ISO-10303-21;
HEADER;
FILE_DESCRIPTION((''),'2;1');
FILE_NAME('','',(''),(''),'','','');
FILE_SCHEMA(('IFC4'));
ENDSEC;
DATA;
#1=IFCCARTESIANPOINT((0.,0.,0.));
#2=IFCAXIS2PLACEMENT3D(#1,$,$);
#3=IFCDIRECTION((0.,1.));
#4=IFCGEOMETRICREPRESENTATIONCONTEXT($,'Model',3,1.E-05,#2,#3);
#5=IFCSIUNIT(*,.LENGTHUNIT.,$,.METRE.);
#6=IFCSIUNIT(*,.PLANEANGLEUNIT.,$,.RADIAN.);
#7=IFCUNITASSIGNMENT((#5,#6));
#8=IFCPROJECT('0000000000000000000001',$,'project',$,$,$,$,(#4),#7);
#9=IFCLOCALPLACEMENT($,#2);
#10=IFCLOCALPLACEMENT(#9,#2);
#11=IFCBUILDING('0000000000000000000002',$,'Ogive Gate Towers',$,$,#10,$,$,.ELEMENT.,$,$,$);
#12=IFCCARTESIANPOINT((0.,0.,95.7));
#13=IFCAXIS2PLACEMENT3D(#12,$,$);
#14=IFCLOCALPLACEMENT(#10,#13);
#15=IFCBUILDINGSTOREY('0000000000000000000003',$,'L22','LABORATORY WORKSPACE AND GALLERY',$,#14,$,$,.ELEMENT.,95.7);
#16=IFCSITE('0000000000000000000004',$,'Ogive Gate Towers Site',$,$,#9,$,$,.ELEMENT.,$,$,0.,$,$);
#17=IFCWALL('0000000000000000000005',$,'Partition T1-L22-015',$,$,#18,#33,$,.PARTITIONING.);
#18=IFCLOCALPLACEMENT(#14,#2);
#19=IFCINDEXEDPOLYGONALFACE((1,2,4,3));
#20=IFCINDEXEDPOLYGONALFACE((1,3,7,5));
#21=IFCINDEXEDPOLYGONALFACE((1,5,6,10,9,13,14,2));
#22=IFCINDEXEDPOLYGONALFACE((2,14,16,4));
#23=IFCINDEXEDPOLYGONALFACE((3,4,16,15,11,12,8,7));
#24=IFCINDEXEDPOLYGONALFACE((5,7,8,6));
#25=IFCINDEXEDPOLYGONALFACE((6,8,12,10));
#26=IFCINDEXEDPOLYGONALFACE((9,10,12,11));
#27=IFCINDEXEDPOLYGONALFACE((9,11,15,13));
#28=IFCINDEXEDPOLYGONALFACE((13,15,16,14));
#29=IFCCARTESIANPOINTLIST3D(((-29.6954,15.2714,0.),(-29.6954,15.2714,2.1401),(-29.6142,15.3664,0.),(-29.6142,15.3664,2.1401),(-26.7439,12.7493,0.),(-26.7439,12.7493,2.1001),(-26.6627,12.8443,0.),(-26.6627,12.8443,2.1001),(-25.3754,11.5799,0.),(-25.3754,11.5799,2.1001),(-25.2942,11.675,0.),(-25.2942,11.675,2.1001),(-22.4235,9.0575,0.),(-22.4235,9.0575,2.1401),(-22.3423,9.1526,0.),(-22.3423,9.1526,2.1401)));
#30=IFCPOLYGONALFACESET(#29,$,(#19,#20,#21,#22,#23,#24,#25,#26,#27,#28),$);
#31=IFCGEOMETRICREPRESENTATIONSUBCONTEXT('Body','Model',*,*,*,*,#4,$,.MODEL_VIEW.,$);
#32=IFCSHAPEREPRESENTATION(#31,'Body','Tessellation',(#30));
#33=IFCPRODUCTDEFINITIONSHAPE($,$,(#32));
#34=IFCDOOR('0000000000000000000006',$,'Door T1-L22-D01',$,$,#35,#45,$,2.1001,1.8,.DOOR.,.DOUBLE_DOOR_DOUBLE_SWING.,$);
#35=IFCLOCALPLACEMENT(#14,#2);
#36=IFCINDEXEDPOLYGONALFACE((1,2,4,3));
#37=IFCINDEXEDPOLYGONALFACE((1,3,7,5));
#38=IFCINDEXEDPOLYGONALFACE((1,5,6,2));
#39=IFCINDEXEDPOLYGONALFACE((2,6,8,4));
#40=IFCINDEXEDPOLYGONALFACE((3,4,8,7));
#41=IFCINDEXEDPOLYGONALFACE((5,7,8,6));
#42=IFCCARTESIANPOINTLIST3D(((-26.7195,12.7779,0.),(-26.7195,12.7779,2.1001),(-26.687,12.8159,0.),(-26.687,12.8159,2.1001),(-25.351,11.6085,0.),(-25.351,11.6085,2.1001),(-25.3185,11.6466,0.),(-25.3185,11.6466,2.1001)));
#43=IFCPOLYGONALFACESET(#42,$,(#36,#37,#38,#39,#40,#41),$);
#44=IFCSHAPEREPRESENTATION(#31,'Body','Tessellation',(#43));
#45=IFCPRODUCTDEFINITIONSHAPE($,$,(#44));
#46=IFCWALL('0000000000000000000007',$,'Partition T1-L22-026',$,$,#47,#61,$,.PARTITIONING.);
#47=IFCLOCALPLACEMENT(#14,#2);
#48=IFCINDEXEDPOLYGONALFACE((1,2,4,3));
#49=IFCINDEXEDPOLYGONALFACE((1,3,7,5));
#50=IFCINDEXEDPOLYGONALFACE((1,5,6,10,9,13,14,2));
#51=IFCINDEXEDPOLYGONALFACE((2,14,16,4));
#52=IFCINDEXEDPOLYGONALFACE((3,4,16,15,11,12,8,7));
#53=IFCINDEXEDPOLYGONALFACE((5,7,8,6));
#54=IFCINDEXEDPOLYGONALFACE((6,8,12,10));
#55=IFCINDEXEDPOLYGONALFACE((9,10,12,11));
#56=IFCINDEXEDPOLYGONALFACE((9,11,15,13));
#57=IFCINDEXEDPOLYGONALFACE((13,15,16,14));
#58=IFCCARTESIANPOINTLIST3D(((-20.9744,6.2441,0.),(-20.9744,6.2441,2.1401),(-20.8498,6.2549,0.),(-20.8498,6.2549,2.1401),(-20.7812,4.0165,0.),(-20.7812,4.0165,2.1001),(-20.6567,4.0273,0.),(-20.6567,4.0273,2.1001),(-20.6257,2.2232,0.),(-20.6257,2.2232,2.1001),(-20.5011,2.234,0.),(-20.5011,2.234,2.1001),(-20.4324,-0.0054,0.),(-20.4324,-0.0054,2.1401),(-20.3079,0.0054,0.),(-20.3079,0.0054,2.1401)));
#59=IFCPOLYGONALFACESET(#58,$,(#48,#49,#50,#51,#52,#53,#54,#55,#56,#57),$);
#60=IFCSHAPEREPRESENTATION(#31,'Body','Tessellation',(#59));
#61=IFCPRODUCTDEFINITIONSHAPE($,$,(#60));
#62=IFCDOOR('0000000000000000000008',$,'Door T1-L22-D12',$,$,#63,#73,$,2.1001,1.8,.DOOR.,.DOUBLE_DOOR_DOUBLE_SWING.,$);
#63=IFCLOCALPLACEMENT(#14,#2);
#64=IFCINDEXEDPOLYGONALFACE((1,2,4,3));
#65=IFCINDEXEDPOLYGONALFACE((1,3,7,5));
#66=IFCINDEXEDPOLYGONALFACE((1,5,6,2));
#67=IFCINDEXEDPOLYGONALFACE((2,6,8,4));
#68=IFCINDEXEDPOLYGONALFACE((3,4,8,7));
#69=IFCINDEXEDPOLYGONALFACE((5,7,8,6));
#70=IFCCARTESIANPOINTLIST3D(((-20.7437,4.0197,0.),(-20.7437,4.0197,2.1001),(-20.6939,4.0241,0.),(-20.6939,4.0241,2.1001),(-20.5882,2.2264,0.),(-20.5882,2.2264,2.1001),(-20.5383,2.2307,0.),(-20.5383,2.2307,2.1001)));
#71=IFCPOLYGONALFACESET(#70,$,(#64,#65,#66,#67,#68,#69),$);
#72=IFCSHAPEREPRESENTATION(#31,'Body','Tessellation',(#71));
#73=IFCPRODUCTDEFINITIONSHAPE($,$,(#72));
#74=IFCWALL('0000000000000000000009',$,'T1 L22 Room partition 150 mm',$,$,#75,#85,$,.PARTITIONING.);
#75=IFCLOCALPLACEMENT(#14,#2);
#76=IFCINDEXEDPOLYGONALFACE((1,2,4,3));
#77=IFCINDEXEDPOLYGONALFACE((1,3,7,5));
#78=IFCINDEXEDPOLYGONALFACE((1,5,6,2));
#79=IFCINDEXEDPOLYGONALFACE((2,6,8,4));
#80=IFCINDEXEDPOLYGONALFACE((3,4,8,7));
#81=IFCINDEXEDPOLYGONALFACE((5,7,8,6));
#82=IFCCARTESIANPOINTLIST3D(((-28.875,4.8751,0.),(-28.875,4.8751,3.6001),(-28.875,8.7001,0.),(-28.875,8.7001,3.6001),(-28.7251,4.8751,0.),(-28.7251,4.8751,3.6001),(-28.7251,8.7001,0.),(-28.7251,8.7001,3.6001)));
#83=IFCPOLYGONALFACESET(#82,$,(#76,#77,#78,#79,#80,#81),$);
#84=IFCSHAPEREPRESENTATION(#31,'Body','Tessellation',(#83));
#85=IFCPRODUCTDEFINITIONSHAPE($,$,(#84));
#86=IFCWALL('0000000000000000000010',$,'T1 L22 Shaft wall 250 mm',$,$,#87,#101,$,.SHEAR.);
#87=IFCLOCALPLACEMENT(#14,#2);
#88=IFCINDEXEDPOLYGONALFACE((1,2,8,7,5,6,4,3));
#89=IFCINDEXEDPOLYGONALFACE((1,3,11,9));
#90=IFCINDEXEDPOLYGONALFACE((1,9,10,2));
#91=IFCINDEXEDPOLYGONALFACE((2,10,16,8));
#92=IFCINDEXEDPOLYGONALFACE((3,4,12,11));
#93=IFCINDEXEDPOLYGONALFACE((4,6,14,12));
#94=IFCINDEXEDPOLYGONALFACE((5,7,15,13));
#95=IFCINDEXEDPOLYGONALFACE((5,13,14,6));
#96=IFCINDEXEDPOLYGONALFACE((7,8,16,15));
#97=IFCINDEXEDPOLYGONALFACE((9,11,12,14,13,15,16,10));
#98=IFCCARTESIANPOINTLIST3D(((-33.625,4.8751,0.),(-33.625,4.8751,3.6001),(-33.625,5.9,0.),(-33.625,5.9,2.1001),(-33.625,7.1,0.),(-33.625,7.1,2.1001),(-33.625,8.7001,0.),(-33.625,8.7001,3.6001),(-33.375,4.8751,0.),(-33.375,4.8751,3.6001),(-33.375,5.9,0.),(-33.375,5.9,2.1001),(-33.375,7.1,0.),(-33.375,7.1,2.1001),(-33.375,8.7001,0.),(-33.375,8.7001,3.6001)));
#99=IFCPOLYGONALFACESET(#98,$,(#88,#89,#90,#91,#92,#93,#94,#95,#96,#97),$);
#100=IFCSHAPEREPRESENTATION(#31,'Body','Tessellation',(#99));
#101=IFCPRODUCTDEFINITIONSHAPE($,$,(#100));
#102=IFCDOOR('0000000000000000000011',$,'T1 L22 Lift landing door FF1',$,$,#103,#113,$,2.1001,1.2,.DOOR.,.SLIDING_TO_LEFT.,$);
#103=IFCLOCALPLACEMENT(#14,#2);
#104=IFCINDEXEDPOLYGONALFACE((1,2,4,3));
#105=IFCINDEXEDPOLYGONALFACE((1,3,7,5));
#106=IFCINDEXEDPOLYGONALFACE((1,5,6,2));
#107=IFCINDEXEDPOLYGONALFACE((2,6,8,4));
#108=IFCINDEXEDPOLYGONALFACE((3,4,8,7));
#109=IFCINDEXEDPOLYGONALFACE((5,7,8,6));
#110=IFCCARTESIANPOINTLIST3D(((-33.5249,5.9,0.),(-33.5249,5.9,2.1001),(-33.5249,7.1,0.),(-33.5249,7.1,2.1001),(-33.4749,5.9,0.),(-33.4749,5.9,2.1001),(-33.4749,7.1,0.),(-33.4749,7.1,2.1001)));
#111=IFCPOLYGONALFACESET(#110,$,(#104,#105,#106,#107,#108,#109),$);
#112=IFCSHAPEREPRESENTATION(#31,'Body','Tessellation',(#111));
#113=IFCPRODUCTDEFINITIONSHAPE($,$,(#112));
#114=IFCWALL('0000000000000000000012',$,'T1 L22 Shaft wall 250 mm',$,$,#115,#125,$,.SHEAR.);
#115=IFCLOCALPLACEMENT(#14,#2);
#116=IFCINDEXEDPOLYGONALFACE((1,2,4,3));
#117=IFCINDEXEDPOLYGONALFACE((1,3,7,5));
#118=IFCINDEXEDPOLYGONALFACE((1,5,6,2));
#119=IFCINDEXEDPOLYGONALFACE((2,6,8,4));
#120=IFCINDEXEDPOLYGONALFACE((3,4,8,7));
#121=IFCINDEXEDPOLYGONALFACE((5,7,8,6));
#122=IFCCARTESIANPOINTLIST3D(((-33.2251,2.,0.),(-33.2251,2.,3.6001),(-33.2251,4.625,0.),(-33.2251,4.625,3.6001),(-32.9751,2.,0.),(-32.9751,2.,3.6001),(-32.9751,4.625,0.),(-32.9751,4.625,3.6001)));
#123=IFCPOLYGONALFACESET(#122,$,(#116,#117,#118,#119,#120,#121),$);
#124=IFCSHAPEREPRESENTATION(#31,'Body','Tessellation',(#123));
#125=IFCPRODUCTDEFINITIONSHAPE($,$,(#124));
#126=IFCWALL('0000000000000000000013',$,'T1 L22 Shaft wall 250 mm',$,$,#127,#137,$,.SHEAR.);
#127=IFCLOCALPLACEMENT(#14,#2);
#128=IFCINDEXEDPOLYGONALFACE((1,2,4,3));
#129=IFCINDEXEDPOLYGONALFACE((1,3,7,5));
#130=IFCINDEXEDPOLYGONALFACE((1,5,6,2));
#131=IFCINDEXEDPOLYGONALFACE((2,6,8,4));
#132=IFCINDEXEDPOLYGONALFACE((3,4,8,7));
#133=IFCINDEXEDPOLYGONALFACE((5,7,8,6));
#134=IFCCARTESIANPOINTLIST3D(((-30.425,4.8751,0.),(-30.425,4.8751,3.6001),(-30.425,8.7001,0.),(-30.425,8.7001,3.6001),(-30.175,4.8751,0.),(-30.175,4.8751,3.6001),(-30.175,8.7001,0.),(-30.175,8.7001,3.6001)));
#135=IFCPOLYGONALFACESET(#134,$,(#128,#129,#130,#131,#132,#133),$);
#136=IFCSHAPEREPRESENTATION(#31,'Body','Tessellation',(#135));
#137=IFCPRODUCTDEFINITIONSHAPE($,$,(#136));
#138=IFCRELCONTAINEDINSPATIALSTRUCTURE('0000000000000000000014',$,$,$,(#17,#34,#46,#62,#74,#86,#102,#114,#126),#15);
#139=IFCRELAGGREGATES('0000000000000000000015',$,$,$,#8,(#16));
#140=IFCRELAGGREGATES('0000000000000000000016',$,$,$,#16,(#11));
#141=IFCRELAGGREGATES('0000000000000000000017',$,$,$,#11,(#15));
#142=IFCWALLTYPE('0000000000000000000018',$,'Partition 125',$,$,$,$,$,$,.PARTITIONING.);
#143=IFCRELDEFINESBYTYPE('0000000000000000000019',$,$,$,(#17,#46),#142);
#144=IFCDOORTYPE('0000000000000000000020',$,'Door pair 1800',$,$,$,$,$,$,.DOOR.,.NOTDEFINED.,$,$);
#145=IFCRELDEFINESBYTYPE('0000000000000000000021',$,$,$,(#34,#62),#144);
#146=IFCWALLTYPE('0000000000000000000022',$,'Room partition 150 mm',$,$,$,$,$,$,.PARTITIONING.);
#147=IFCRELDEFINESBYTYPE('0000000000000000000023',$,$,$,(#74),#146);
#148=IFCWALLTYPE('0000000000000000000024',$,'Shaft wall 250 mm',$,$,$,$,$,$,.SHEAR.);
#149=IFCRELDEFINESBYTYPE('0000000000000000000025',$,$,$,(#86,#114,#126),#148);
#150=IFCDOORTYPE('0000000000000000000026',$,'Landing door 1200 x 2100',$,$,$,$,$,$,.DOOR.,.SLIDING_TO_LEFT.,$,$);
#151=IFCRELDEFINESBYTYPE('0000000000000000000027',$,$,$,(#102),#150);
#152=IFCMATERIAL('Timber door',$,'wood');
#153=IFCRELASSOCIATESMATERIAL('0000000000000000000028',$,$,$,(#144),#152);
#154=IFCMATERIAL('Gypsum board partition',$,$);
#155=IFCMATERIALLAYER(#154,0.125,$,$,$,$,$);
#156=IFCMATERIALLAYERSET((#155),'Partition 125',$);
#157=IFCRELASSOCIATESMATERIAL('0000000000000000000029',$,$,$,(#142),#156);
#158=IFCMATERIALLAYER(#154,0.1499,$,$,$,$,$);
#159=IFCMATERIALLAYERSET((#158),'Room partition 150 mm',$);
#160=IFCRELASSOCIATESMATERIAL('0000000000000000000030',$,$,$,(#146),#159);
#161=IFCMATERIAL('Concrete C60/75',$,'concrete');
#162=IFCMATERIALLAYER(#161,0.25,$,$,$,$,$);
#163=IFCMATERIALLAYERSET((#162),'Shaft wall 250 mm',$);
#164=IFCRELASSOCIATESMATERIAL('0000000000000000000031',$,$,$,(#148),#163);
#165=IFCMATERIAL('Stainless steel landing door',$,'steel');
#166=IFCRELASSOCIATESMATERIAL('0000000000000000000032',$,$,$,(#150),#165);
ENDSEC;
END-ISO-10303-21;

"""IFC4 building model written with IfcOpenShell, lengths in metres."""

from ifc_helpers import new_model, si_unit, direction, frame, frame_2d, origin, place, context, subcontext, project, spatial, rectangle, extrude, material, layer, layer_set, type_object, element, fill, save


model = new_model("IFC4")

# Units and contexts
model_context = context("Model", 3, precision=1e-05, world=origin(), true_north=direction((0.0, 1.0)))
body_context = subcontext(model_context, "Body", "Model", "MODEL_VIEW")
ifc_project = project(units=[si_unit("LENGTHUNIT", "METRE"), si_unit("PLANEANGLEUNIT", "RADIAN")], contexts=[model_context])

# Site, building, storey
site_placement = place(None, origin())
site = spatial("IfcSite", under=ifc_project, at=site_placement, Name="Ogive Gate Towers Site", CompositionType="ELEMENT", RefElevation=0.0)
building_placement = place(site_placement, origin())
building = spatial("IfcBuilding", under=site, at=building_placement, Name="Ogive Gate Towers", CompositionType="ELEMENT")
storey_placement = place(building_placement, frame((0.0, 0.0, 95.7)))
storey = spatial("IfcBuildingStorey", under=building, at=storey_placement, Name="L22", Description="LABORATORY WORKSPACE AND GALLERY", CompositionType="ELEMENT", Elevation=95.7)

# Shared definitions
ifc_material_1 = material(Name="Timber door", Category="wood")
door_type_1 = type_object("IfcDoorType", Name="Door pair 1800", OperationType="NOTDEFINED", PredefinedType="DOOR", material=ifc_material_1)

# Shared definitions
ifc_material_2 = material(Name="Gypsum board partition")
ifc_layer_1 = layer(ifc_material_2, 0.125)
ifc_layer_set_1 = layer_set([ifc_layer_1], Name="Partition 125")
wall_type_1 = type_object("IfcWallType", Name="Partition 125", PredefinedType="PARTITIONING", material=ifc_layer_set_1)

# Walls, openings, doors
wall_1_placement = place(storey_placement, frame((-22.3828, 9.105, 0.0), z_axis=(0.0, 0.0, 1.0), x_axis=(-0.76025, 0.64963, 0.0)))
wall_1 = element("IfcWall", 1, at=wall_1_placement, inside=storey, type_object=wall_type_1, Name="Partition T1-L22-015", PredefinedType="PARTITIONING", context=body_context, shape_type="SweptSolid", body=[
    extrude(rectangle(XDim=9.5652, YDim=0.125, at=frame_2d((4.7827, 0.0))), origin(), (0.0, 0.0, 1.0), 2.1401),
])
opening_1_placement = place(wall_1_placement, frame((3.8831, 0.0, 0.0)))
opening_1 = element("IfcOpeningElement", 2, at=opening_1_placement, cuts=wall_1, PredefinedType="OPENING", context=body_context, shape_type="SweptSolid", body=[
    extrude(rectangle(XDim=1.8, YDim=2.1001, at=frame_2d((0.8999, 1.05))), frame((0.0, 0.0725, 0.0), z_axis=(0.0, -1.0, 0.0), x_axis=(1.0, 0.0, 0.0)), (0.0, 0.0, 1.0), 0.145),
])
door_1_placement = place(opening_1_placement, origin())
door_1 = element("IfcDoor", 3, at=door_1_placement, inside=storey, type_object=door_type_1, Name="Door T1-L22-D01", OperationType="DOUBLE_DOOR_DOUBLE_SWING", OverallHeight=2.1001, OverallWidth=1.8, PredefinedType="DOOR", context=body_context, shape_type="SweptSolid", body=[
    extrude(rectangle(XDim=1.8, YDim=2.1001, at=frame_2d((0.8999, 1.05))), frame((0.0, 0.0249, 0.0), z_axis=(0.0, -1.0, 0.0), x_axis=(1.0, 0.0, 0.0)), (0.0, 0.0, 1.0), 0.05),
])
fill(opening_1, door_1)
wall_2_placement = place(storey_placement, frame((-20.3701, 0.0, 0.0), z_axis=(0.0, 0.0, 1.0), x_axis=(-0.086401, 0.99626, 0.0)))
wall_2 = element("IfcWall", 4, at=wall_2_placement, inside=storey, type_object=wall_type_1, Name="Partition T1-L22-026", PredefinedType="PARTITIONING", context=body_context, shape_type="SweptSolid", body=[
    extrude(rectangle(XDim=6.2729, YDim=0.125, at=frame_2d((3.1365, 0.0))), origin(), (0.0, 0.0, 1.0), 2.1401),
])
opening_2_placement = place(wall_2_placement, frame((2.2371, 0.0, 0.0)))
opening_2 = element("IfcOpeningElement", 5, at=opening_2_placement, cuts=wall_2, PredefinedType="OPENING", context=body_context, shape_type="SweptSolid", body=[
    extrude(rectangle(XDim=1.8, YDim=2.1001, at=frame_2d((0.8999, 1.05))), frame((0.0, 0.0725, 0.0), z_axis=(0.0, -1.0, 0.0), x_axis=(1.0, 0.0, 0.0)), (0.0, 0.0, 1.0), 0.145),
])
door_2_placement = place(opening_2_placement, origin())
door_2 = element("IfcDoor", 6, at=door_2_placement, inside=storey, type_object=door_type_1, Name="Door T1-L22-D12", OperationType="DOUBLE_DOOR_DOUBLE_SWING", OverallHeight=2.1001, OverallWidth=1.8, PredefinedType="DOOR", context=body_context, shape_type="SweptSolid", body=[
    extrude(rectangle(XDim=1.8, YDim=2.1001, at=frame_2d((0.8999, 1.05))), frame((0.0, 0.0249, 0.0), z_axis=(0.0, -1.0, 0.0), x_axis=(1.0, 0.0, 0.0)), (0.0, 0.0, 1.0), 0.05),
])
fill(opening_2, door_2)

# Wall
ifc_layer_2 = layer(ifc_material_2, 0.1499)
ifc_layer_set_2 = layer_set([ifc_layer_2], Name="Room partition 150 mm")
wall_type_2 = type_object("IfcWallType", Name="Room partition 150 mm", PredefinedType="PARTITIONING", material=ifc_layer_set_2)
wall_3_placement = place(storey_placement, frame((-28.8, 4.875, 0.0), z_axis=(0.0, 0.0, 1.0), x_axis=(0.0, 1.0, 0.0)))
element("IfcWall", 7, at=wall_3_placement, inside=storey, type_object=wall_type_2, Name="T1 L22 Room partition 150 mm", PredefinedType="PARTITIONING", context=body_context, shape_type="SweptSolid", body=[
    extrude(rectangle(XDim=3.825, YDim=0.1499, at=frame_2d((1.9126, 0.0))), origin(), (0.0, 0.0, 1.0), 3.6001),
])

# Wall, opening, door
ifc_material_3 = material(Name="Concrete C60/75", Category="concrete")
ifc_layer_3 = layer(ifc_material_3, 0.25)
ifc_layer_set_3 = layer_set([ifc_layer_3], Name="Shaft wall 250 mm")
wall_type_3 = type_object("IfcWallType", Name="Shaft wall 250 mm", PredefinedType="SHEAR", material=ifc_layer_set_3)
wall_4_placement = place(storey_placement, frame((-33.5, 4.875, 0.0), z_axis=(0.0, 0.0, 1.0), x_axis=(0.0, 1.0, 0.0)))
wall_4 = element("IfcWall", 8, at=wall_4_placement, inside=storey, type_object=wall_type_3, Name="T1 L22 Shaft wall 250 mm", PredefinedType="SHEAR", context=body_context, shape_type="SweptSolid", body=[
    extrude(rectangle(XDim=3.825, YDim=0.25, at=frame_2d((1.9126, 0.0))), origin(), (0.0, 0.0, 1.0), 3.6001),
])
opening_3_placement = place(wall_4_placement, frame((1.0249, 0.0, 0.0)))
opening_3 = element("IfcOpeningElement", 9, at=opening_3_placement, cuts=wall_4, PredefinedType="OPENING", context=body_context, shape_type="SweptSolid", body=[
    extrude(rectangle(XDim=1.2, YDim=2.1001, at=frame_2d((0.6001, 1.05))), frame((0.0, 0.135, 0.0), z_axis=(0.0, -1.0, 0.0), x_axis=(1.0, 0.0, 0.0)), (0.0, 0.0, 1.0), 0.27),
])
ifc_material_4 = material(Name="Stainless steel landing door", Category="steel")
door_type_2 = type_object("IfcDoorType", Name="Landing door 1200 x 2100", OperationType="SLIDING_TO_LEFT", PredefinedType="DOOR", material=ifc_material_4)
door_3_placement = place(opening_3_placement, origin())
door_3 = element("IfcDoor", 10, at=door_3_placement, inside=storey, type_object=door_type_2, Name="T1 L22 Lift landing door FF1", OperationType="SLIDING_TO_LEFT", OverallHeight=2.1001, OverallWidth=1.2, PredefinedType="DOOR", context=body_context, shape_type="SweptSolid", body=[
    extrude(rectangle(XDim=1.2, YDim=2.1001, at=frame_2d((0.6001, 1.05))), frame((0.0, 0.0249, 0.0), z_axis=(0.0, -1.0, 0.0), x_axis=(1.0, 0.0, 0.0)), (0.0, 0.0, 1.0), 0.05),
])
fill(opening_3, door_3)

# Walls
wall_5_placement = place(storey_placement, frame((-33.1001, 2.0, 0.0), z_axis=(0.0, 0.0, 1.0), x_axis=(0.0, 1.0, 0.0)))
element("IfcWall", 11, at=wall_5_placement, inside=storey, type_object=wall_type_3, Name="T1 L22 Shaft wall 250 mm", PredefinedType="SHEAR", context=body_context, shape_type="SweptSolid", body=[
    extrude(rectangle(XDim=2.625, YDim=0.25, at=frame_2d((1.3125, 0.0))), origin(), (0.0, 0.0, 1.0), 3.6001),
])
wall_6_placement = place(storey_placement, frame((-30.3, 4.875, 0.0), z_axis=(0.0, 0.0, 1.0), x_axis=(0.0, 1.0, 0.0)))
element("IfcWall", 12, at=wall_6_placement, inside=storey, type_object=wall_type_3, Name="T1 L22 Shaft wall 250 mm", PredefinedType="SHEAR", context=body_context, shape_type="SweptSolid", body=[
    extrude(rectangle(XDim=3.825, YDim=0.25, at=frame_2d((1.9126, 0.0))), origin(), (0.0, 0.0, 1.0), 3.6001),
])

save(model, "model.ifc")
